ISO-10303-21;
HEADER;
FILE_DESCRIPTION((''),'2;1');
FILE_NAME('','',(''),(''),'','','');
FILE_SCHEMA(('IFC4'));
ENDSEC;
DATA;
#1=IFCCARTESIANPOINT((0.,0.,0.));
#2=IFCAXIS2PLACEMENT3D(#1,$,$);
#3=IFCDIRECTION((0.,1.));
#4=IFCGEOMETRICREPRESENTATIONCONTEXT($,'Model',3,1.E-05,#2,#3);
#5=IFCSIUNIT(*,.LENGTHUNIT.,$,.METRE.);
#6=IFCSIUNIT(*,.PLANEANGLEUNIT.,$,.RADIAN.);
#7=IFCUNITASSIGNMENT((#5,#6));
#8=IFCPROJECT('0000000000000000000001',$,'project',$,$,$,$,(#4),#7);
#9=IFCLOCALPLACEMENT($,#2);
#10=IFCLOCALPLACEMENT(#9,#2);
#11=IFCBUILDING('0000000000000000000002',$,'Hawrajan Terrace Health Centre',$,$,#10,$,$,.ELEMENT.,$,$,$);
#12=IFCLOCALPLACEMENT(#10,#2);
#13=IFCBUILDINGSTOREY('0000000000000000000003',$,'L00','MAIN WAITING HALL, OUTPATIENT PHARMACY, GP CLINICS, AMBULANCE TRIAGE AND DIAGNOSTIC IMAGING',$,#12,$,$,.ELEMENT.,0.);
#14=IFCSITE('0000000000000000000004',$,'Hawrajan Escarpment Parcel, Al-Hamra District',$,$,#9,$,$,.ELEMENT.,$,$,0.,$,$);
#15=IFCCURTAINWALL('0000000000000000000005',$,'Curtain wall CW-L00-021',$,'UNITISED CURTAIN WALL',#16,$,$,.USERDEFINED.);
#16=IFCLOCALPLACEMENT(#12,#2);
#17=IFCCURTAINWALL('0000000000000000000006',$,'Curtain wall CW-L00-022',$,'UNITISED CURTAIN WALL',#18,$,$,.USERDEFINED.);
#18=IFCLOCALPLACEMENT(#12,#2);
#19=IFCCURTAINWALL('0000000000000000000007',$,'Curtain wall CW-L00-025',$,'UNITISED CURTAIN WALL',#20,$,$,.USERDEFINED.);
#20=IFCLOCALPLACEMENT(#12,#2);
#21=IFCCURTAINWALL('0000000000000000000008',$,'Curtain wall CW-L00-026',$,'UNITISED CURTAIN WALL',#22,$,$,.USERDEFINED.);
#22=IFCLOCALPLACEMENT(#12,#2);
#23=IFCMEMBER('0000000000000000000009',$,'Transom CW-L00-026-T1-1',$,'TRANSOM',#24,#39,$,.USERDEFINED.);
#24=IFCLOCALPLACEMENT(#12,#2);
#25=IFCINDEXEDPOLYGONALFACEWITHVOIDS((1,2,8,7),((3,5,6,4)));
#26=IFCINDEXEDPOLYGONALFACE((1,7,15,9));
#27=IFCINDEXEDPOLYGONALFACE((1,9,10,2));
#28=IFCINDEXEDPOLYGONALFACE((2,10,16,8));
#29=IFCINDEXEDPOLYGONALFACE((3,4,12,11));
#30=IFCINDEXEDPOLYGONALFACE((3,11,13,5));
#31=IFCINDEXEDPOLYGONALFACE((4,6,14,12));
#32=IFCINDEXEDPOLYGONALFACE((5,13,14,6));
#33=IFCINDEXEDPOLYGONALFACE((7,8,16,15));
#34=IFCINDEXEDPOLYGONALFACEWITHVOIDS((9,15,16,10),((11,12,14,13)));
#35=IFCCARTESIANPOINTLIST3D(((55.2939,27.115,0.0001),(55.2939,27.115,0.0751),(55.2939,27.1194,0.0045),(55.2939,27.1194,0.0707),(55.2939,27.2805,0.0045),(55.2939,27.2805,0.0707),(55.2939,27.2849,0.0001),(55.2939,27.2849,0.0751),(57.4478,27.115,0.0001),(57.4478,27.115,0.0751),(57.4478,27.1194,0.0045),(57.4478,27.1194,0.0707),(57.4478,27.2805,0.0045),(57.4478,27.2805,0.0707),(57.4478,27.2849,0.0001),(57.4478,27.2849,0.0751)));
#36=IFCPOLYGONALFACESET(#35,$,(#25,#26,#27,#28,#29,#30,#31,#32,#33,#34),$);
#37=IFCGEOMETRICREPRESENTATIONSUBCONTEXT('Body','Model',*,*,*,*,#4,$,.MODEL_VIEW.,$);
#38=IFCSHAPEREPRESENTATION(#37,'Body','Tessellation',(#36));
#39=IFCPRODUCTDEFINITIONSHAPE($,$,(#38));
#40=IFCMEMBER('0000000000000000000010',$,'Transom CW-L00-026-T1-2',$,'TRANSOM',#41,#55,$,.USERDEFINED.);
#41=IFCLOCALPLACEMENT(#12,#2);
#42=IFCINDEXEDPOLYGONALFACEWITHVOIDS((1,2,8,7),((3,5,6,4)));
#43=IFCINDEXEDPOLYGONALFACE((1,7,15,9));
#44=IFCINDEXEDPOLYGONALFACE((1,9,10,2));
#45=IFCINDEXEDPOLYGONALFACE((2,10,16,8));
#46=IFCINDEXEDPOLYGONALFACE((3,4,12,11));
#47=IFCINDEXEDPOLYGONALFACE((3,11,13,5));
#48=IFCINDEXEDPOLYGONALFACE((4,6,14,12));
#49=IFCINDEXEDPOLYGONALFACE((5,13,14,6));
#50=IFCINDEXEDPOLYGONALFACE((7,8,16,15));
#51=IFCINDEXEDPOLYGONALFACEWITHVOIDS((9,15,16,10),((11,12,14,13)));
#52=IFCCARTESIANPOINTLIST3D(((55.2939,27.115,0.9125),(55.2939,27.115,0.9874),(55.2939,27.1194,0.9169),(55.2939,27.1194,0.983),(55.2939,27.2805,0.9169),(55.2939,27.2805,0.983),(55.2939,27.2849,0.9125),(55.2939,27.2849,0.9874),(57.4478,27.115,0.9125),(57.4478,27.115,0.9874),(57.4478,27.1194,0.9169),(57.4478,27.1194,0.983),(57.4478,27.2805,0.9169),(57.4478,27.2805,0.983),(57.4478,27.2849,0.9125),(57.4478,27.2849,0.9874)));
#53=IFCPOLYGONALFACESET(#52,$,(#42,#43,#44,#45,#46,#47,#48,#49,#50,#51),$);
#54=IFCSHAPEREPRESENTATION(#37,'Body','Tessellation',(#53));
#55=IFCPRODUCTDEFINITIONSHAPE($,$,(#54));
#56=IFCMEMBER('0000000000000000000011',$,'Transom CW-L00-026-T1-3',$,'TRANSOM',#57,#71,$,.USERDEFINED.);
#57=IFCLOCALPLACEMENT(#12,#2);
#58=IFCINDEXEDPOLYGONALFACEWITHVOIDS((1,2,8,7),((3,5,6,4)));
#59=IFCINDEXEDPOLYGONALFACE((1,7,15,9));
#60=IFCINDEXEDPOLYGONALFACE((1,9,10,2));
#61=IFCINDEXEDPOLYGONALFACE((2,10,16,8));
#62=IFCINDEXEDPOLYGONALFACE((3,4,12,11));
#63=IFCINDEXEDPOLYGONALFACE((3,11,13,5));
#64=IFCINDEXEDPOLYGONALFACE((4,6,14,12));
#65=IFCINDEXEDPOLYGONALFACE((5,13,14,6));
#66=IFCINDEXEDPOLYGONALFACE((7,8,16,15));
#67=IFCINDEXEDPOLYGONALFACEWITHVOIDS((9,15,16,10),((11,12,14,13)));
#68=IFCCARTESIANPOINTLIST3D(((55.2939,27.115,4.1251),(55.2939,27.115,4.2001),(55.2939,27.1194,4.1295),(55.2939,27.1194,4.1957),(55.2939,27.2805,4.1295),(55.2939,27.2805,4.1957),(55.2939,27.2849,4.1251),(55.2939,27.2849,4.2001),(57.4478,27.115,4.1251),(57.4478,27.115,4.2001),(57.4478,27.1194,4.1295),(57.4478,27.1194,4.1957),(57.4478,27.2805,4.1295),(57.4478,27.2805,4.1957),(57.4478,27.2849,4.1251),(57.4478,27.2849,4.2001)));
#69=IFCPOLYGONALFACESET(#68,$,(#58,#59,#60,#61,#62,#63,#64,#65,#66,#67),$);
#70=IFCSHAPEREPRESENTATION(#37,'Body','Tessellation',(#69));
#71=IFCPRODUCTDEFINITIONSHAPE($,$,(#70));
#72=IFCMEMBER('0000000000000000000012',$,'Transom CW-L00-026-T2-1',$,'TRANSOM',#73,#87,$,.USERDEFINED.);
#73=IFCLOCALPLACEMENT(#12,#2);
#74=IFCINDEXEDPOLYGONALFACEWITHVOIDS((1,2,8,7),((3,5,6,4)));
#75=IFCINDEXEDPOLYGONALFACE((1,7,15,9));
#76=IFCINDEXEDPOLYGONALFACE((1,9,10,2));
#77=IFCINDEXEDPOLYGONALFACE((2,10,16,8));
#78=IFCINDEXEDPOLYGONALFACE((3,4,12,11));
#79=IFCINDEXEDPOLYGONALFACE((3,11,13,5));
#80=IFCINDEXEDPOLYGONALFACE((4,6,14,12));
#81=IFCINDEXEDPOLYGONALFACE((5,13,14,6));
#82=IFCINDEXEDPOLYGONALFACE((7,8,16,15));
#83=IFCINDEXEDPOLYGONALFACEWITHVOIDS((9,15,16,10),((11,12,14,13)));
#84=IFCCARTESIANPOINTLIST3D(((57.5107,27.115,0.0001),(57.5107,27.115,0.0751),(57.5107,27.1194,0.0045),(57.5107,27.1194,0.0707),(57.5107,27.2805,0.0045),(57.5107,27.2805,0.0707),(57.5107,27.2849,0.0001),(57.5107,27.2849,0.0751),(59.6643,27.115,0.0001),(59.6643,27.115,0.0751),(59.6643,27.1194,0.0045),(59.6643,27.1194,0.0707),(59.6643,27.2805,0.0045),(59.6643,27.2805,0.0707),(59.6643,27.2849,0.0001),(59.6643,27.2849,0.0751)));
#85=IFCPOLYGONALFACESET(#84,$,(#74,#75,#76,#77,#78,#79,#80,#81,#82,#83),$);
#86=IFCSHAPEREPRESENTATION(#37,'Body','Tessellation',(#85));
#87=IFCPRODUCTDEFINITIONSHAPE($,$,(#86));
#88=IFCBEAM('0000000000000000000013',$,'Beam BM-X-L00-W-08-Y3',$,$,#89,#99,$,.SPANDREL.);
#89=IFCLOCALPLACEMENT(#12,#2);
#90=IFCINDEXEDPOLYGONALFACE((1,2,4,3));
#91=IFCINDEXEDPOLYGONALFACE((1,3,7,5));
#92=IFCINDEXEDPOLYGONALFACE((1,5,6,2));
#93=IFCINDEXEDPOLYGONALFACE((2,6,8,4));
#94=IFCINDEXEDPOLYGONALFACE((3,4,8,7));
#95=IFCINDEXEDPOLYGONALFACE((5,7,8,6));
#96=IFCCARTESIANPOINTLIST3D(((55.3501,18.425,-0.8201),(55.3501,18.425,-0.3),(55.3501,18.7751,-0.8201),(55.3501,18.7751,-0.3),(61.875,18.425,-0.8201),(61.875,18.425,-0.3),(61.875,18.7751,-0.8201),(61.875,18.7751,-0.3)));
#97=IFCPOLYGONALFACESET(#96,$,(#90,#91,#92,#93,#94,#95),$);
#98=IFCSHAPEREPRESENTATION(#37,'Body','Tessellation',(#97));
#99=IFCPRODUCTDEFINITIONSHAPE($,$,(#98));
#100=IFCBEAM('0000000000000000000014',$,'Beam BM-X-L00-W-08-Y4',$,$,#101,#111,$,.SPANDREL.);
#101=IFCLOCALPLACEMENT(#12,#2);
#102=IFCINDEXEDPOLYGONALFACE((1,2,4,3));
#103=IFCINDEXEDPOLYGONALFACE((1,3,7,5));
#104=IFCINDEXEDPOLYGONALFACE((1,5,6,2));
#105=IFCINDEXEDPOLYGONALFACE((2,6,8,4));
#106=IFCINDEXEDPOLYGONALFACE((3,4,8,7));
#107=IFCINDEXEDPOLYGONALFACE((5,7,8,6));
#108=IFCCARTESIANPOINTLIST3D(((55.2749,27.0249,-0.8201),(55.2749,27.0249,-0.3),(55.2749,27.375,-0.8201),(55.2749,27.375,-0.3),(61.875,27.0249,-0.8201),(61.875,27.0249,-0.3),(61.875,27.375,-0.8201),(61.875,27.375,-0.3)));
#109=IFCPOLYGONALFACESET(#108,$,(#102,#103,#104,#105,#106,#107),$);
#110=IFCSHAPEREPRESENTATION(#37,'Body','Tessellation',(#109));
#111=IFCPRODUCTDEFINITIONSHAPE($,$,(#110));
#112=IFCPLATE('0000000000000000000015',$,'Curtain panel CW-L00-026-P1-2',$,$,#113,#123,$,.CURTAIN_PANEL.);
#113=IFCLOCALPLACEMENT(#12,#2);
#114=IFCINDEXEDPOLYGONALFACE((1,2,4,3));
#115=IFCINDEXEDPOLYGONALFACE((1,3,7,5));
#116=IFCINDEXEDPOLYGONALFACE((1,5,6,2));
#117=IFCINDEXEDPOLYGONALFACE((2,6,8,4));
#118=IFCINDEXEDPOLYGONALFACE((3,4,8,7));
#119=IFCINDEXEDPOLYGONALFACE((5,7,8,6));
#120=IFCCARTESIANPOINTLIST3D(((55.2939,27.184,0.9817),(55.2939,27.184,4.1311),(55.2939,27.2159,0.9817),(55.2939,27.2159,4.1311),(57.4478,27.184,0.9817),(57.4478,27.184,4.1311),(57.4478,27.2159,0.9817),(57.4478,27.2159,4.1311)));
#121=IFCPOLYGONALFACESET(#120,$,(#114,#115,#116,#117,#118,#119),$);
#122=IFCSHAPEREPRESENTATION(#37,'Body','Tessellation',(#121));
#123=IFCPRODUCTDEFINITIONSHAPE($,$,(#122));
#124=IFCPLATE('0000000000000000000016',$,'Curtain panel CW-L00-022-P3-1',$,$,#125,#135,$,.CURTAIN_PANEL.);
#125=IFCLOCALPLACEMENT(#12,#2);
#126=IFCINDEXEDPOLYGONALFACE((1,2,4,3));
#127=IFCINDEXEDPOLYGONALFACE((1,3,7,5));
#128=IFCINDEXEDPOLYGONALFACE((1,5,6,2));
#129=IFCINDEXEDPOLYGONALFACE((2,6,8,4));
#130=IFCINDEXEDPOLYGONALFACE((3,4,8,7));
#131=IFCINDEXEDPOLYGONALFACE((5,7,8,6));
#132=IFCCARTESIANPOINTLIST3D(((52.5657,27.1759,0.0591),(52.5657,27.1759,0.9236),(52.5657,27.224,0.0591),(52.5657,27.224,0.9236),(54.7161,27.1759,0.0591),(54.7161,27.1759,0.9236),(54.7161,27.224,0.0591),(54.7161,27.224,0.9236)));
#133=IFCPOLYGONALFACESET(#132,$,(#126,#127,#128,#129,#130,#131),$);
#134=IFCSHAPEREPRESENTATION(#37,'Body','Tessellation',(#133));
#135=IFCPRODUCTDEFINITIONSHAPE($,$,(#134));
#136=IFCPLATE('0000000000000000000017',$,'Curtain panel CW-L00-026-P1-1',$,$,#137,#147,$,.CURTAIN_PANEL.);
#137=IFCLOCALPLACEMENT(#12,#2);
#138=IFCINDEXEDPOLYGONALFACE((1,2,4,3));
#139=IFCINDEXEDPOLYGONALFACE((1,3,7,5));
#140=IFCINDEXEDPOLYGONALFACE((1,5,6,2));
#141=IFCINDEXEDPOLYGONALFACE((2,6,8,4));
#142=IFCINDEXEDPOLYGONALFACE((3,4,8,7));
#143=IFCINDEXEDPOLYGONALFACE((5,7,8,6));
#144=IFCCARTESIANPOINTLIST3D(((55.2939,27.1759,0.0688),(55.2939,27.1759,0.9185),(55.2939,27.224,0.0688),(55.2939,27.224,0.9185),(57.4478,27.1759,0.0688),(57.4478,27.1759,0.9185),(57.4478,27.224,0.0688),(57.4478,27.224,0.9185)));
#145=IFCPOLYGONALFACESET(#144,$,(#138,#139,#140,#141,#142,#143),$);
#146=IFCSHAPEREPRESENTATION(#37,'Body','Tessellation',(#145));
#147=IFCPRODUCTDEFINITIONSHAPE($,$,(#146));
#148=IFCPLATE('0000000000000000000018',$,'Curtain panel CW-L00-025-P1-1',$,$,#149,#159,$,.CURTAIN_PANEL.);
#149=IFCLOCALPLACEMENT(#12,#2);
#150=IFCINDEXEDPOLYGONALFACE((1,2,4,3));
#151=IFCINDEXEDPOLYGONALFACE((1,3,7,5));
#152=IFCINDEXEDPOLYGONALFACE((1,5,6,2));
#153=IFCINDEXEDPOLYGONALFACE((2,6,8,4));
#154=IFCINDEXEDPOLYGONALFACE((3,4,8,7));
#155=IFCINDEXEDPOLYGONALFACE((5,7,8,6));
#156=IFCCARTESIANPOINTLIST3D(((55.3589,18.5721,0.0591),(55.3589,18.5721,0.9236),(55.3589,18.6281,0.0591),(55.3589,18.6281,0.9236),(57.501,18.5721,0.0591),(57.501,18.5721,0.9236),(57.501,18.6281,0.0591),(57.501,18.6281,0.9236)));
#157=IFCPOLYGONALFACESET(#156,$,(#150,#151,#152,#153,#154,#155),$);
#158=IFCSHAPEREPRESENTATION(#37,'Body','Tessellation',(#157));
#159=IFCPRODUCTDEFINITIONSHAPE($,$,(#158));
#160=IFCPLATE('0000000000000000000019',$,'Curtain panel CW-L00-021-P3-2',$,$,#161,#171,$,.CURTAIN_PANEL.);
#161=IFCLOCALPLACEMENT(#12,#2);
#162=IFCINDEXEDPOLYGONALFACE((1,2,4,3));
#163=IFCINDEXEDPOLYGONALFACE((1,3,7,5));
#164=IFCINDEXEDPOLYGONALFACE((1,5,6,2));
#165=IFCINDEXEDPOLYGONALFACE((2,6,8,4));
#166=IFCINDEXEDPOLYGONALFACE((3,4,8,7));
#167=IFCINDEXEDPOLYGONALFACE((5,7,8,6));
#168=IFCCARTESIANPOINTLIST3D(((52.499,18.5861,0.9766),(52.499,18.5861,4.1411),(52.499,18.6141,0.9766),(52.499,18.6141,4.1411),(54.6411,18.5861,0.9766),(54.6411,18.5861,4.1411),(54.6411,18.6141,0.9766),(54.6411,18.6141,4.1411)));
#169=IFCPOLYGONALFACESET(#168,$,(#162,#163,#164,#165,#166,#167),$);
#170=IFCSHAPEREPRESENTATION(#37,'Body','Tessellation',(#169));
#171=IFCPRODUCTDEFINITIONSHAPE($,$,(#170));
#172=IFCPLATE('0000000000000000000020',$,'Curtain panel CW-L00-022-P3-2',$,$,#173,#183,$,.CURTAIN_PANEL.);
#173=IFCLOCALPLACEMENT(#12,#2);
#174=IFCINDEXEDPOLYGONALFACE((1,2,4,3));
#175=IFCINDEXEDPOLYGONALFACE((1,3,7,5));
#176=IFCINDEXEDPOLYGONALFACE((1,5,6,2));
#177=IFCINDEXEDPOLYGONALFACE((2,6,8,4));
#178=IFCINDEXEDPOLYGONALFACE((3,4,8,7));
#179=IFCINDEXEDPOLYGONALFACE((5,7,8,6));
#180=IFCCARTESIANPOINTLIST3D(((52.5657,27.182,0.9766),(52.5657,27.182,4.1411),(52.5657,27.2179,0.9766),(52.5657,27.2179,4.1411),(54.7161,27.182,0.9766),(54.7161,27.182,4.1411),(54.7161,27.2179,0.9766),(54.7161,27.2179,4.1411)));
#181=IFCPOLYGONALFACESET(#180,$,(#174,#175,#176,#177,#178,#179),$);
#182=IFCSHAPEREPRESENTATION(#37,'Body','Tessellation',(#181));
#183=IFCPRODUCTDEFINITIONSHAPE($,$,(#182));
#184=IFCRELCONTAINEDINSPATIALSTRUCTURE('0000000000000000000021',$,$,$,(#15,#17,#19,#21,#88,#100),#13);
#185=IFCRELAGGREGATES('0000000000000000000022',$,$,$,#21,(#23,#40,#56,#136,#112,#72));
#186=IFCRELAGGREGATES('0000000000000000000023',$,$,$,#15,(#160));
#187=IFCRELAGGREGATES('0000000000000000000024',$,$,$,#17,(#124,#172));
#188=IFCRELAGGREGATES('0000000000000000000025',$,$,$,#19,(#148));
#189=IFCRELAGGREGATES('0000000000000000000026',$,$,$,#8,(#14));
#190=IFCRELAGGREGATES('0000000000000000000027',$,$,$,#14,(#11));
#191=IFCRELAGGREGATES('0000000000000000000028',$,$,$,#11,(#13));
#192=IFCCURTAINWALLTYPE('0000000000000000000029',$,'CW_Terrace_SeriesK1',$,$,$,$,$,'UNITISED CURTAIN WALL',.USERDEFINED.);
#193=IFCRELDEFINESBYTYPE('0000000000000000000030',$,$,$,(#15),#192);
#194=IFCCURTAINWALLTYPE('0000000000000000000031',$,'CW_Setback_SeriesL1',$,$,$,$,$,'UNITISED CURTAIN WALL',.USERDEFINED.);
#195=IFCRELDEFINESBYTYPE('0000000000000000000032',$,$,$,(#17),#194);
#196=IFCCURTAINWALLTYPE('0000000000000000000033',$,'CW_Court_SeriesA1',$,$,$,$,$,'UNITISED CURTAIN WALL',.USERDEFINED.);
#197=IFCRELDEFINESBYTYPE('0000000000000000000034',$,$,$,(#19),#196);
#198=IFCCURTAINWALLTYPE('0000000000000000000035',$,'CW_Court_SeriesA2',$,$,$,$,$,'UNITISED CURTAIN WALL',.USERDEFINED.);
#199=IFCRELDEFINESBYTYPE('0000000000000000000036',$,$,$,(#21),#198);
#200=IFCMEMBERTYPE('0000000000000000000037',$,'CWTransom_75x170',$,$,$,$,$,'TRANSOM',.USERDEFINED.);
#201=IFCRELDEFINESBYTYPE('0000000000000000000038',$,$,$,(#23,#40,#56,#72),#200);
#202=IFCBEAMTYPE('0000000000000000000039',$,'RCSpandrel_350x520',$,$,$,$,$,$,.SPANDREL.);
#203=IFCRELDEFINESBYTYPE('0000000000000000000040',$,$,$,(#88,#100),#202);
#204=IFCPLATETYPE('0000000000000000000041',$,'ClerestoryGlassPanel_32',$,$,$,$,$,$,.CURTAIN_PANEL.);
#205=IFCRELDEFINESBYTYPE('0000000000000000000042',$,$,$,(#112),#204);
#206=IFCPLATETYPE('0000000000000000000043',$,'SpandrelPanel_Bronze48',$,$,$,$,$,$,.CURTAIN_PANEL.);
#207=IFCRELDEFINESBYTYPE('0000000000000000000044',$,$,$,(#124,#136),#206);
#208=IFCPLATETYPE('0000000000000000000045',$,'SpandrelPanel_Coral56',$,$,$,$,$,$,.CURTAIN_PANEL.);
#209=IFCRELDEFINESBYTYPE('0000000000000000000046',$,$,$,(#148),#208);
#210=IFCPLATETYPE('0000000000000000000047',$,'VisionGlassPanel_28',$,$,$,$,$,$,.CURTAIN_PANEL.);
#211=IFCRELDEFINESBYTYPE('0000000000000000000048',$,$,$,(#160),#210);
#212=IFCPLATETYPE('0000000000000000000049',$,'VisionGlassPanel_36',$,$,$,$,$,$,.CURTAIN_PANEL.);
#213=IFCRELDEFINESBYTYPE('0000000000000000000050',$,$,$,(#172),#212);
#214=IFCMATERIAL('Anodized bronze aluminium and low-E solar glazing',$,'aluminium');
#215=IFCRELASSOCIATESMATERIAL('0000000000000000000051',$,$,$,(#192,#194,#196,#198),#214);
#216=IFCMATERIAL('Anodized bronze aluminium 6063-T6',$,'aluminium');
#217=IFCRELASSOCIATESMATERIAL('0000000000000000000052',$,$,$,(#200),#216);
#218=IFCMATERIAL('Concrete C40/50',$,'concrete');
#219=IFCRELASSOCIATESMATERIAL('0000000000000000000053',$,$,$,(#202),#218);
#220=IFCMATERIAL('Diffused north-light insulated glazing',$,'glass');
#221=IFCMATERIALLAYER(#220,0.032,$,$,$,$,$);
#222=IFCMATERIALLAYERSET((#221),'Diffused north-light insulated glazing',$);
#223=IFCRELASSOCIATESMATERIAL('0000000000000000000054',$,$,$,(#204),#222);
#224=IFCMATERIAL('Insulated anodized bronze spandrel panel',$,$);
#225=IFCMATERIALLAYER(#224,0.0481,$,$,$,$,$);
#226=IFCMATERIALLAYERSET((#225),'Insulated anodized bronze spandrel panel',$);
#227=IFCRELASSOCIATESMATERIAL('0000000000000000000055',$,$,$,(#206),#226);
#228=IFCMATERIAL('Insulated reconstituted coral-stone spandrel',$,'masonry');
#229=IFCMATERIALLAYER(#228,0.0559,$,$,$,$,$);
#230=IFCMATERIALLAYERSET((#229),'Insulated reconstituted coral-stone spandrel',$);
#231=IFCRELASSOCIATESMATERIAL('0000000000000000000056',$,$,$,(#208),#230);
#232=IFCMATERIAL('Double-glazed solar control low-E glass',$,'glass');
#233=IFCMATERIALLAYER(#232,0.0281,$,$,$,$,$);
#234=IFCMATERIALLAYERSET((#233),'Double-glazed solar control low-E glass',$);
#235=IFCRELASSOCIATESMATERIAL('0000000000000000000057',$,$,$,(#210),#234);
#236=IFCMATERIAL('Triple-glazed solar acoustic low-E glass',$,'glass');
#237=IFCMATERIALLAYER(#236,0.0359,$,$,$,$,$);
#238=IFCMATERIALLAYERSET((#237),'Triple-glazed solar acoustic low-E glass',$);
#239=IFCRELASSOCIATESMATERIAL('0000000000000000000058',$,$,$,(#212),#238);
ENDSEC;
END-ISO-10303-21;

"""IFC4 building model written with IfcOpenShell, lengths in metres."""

from ifc_helpers import new_model, si_unit, direction, frame, origin, origin_2d, place, context, subcontext, project, spatial, rectangle, hollow_rectangle, extrude, material, layer, layer_set, material_profile, profile_set, type_object, element, aggregate, save


model = new_model("IFC4")

# Units and contexts
model_context = context("Model", 3, precision=1e-05, world=origin(), true_north=direction((0.0, 1.0)))
body_context = subcontext(model_context, "Body", "Model", "MODEL_VIEW")
ifc_project = project(units=[si_unit("LENGTHUNIT", "METRE"), si_unit("PLANEANGLEUNIT", "RADIAN")], contexts=[model_context])

# Site, building, storey
site_placement = place(None, origin())
site = spatial("IfcSite", under=ifc_project, at=site_placement, Name="Hawrajan Escarpment Parcel, Al-Hamra District", CompositionType="ELEMENT", RefElevation=0.0)
building_placement = place(site_placement, origin())
building = spatial("IfcBuilding", under=site, at=building_placement, Name="Hawrajan Terrace Health Centre", CompositionType="ELEMENT")
storey_placement = place(building_placement, origin())
storey = spatial("IfcBuildingStorey", under=building, at=storey_placement, Name="L00", Description="MAIN WAITING HALL, OUTPATIENT PHARMACY, GP CLINICS, AMBULANCE TRIAGE AND DIAGNOSTIC IMAGING", CompositionType="ELEMENT", Elevation=0.0)

# Shared definitions
ifc_material_1 = material(Name="Concrete C40/50", Category="concrete")

# Curtain walls
ifc_material_2 = material(Name="Anodized bronze aluminium and low-E solar glazing", Category="aluminium")
curtain_wall_type_1 = type_object("IfcCurtainWallType", Name="CW_Terrace_SeriesK1", ElementType="UNITISED CURTAIN WALL", PredefinedType="USERDEFINED", material=ifc_material_2)
curtain_wall_1_placement = place(storey_placement, origin())
curtain_wall_1 = element("IfcCurtainWall", 1, at=curtain_wall_1_placement, inside=storey, type_object=curtain_wall_type_1, Name="Curtain wall CW-L00-021", ObjectType="UNITISED CURTAIN WALL", PredefinedType="USERDEFINED")
ifc_material_3 = material(Name="Anodized bronze aluminium 6063-T6", Category="aluminium")
curtain_wall_type_2 = type_object("IfcCurtainWallType", Name="CW_Setback_SeriesL1", ElementType="UNITISED CURTAIN WALL", PredefinedType="USERDEFINED", material=ifc_material_2)
curtain_wall_2_placement = place(storey_placement, origin())
curtain_wall_2 = element("IfcCurtainWall", 2, at=curtain_wall_2_placement, inside=storey, type_object=curtain_wall_type_2, Name="Curtain wall CW-L00-022", ObjectType="UNITISED CURTAIN WALL", PredefinedType="USERDEFINED")
curtain_wall_type_3 = type_object("IfcCurtainWallType", Name="CW_Court_SeriesA1", ElementType="UNITISED CURTAIN WALL", PredefinedType="USERDEFINED", material=ifc_material_2)
curtain_wall_3_placement = place(storey_placement, origin())
curtain_wall_3 = element("IfcCurtainWall", 3, at=curtain_wall_3_placement, inside=storey, type_object=curtain_wall_type_3, Name="Curtain wall CW-L00-025", ObjectType="UNITISED CURTAIN WALL", PredefinedType="USERDEFINED")

# Curtain wall
curtain_wall_type_4 = type_object("IfcCurtainWallType", Name="CW_Court_SeriesA2", ElementType="UNITISED CURTAIN WALL", PredefinedType="USERDEFINED", material=ifc_material_2)
curtain_wall_4_placement = place(storey_placement, origin())
curtain_wall_4 = element("IfcCurtainWall", 4, at=curtain_wall_4_placement, inside=storey, type_object=curtain_wall_type_4, Name="Curtain wall CW-L00-026", ObjectType="UNITISED CURTAIN WALL", PredefinedType="USERDEFINED")

# Members
ifc_material_profile_1 = material_profile(ifc_material_3, hollow_rectangle(XDim=0.075, YDim=0.1699, WallThickness=0.0044, at=origin_2d()), Name="CW TRN 75x170")
ifc_profile_set_1 = profile_set([ifc_material_profile_1], Name="Anodized bronze aluminium 6063-T6")
member_type_1 = type_object("IfcMemberType", Name="CWTransom_75x170", ElementType="TRANSOM", PredefinedType="USERDEFINED", material=ifc_profile_set_1)
member_1_placement = place(storey_placement, frame((55.2939, 27.2, 0.0376), z_axis=(1.0, 0.0, 0.0), x_axis=(0.0, 0.0, 1.0)))
member_1 = element("IfcMember", 5, at=member_1_placement, type_object=member_type_1, Name="Transom CW-L00-026-T1-1", ObjectType="TRANSOM", PredefinedType="USERDEFINED", context=body_context, shape_type="SweptSolid", body=[
    extrude(hollow_rectangle(XDim=0.075, YDim=0.1699, WallThickness=0.0044, at=origin_2d()), origin(), (0.0, 0.0, 1.0), 2.1538),
])
member_2_placement = place(storey_placement, frame((55.2939, 27.2, 0.95), z_axis=(1.0, 0.0, 0.0), x_axis=(0.0, 0.0, 1.0)))
member_2 = element("IfcMember", 6, at=member_2_placement, type_object=member_type_1, Name="Transom CW-L00-026-T1-2", ObjectType="TRANSOM", PredefinedType="USERDEFINED", context=body_context, shape_type="SweptSolid", body=[
    extrude(hollow_rectangle(XDim=0.075, YDim=0.1699, WallThickness=0.0044, at=origin_2d()), origin(), (0.0, 0.0, 1.0), 2.1538),
])
member_3_placement = place(storey_placement, frame((55.2939, 27.2, 4.1626), z_axis=(1.0, 0.0, 0.0), x_axis=(0.0, 0.0, 1.0)))
member_3 = element("IfcMember", 7, at=member_3_placement, type_object=member_type_1, Name="Transom CW-L00-026-T1-3", ObjectType="TRANSOM", PredefinedType="USERDEFINED", context=body_context, shape_type="SweptSolid", body=[
    extrude(hollow_rectangle(XDim=0.075, YDim=0.1699, WallThickness=0.0044, at=origin_2d()), origin(), (0.0, 0.0, 1.0), 2.1538),
])
member_4_placement = place(storey_placement, frame((57.5107, 27.2, 0.0376), z_axis=(1.0, 0.0, 0.0), x_axis=(0.0, 0.0, 1.0)))
member_4 = element("IfcMember", 8, at=member_4_placement, type_object=member_type_1, Name="Transom CW-L00-026-T2-1", ObjectType="TRANSOM", PredefinedType="USERDEFINED", context=body_context, shape_type="SweptSolid", body=[
    extrude(hollow_rectangle(XDim=0.075, YDim=0.1699, WallThickness=0.0044, at=origin_2d()), origin(), (0.0, 0.0, 1.0), 2.1536),
])

# Beams
ifc_material_profile_2 = material_profile(ifc_material_1, rectangle(XDim=0.3501, YDim=0.52, at=origin_2d()), Name="RC SP 350x520")
ifc_profile_set_2 = profile_set([ifc_material_profile_2], Name="Concrete C40/50")
beam_type = type_object("IfcBeamType", Name="RCSpandrel_350x520", PredefinedType="SPANDREL", material=ifc_profile_set_2)
beam_1_placement = place(storey_placement, frame((55.3501, 18.6001, -0.5601), z_axis=(1.0, 0.0, 0.0), x_axis=(0.0, 1.0, 0.0)))
element("IfcBeam", 9, at=beam_1_placement, inside=storey, type_object=beam_type, Name="Beam BM-X-L00-W-08-Y3", PredefinedType="SPANDREL", context=body_context, shape_type="SweptSolid", body=[
    extrude(rectangle(XDim=0.3501, YDim=0.52, at=origin_2d()), origin(), (0.0, 0.0, 1.0), 6.5249),
])
beam_2_placement = place(storey_placement, frame((55.2749, 27.2, -0.5601), z_axis=(1.0, 0.0, 0.0), x_axis=(0.0, 1.0, 0.0)))
element("IfcBeam", 10, at=beam_2_placement, inside=storey, type_object=beam_type, Name="Beam BM-X-L00-W-08-Y4", PredefinedType="SPANDREL", context=body_context, shape_type="SweptSolid", body=[
    extrude(rectangle(XDim=0.3501, YDim=0.52, at=origin_2d()), origin(), (0.0, 0.0, 1.0), 6.6001),
])

# Plates
ifc_material_4 = material(Name="Diffused north-light insulated glazing", Category="glass")
ifc_layer_1 = layer(ifc_material_4, 0.032)
ifc_layer_set_1 = layer_set([ifc_layer_1], Name="Diffused north-light insulated glazing")
plate_type_1 = type_object("IfcPlateType", Name="ClerestoryGlassPanel_32", PredefinedType="CURTAIN_PANEL", material=ifc_layer_set_1)
plate_1_placement = place(storey_placement, frame((56.3708, 27.2, 0.9817), z_axis=(0.0, 0.0, 1.0), x_axis=(1.0, 0.0, 0.0)))
plate_1 = element("IfcPlate", 11, at=plate_1_placement, type_object=plate_type_1, Name="Curtain panel CW-L00-026-P1-2", PredefinedType="CURTAIN_PANEL", context=body_context, shape_type="SweptSolid", body=[
    extrude(rectangle(XDim=2.1538, YDim=0.032, at=origin_2d()), origin(), (0.0, 0.0, 1.0), 3.1494),
])
ifc_material_5 = material(Name="Insulated anodized bronze spandrel panel")
ifc_layer_2 = layer(ifc_material_5, 0.0481)
ifc_layer_set_2 = layer_set([ifc_layer_2], Name="Insulated anodized bronze spandrel panel")
plate_type_2 = type_object("IfcPlateType", Name="SpandrelPanel_Bronze48", PredefinedType="CURTAIN_PANEL", material=ifc_layer_set_2)
plate_2_placement = place(storey_placement, frame((53.6409, 27.2, 0.0591), z_axis=(0.0, 0.0, 1.0), x_axis=(1.0, 0.0, 0.0)))
plate_2 = element("IfcPlate", 12, at=plate_2_placement, type_object=plate_type_2, Name="Curtain panel CW-L00-022-P3-1", PredefinedType="CURTAIN_PANEL", context=body_context, shape_type="SweptSolid", body=[
    extrude(rectangle(XDim=2.1504, YDim=0.0481, at=origin_2d()), origin(), (0.0, 0.0, 1.0), 0.8645),
])
plate_3_placement = place(storey_placement, frame((56.3708, 27.2, 0.0688), z_axis=(0.0, 0.0, 1.0), x_axis=(1.0, 0.0, 0.0)))
plate_3 = element("IfcPlate", 13, at=plate_3_placement, type_object=plate_type_2, Name="Curtain panel CW-L00-026-P1-1", PredefinedType="CURTAIN_PANEL", context=body_context, shape_type="SweptSolid", body=[
    extrude(rectangle(XDim=2.1538, YDim=0.0481, at=origin_2d()), origin(), (0.0, 0.0, 1.0), 0.8496),
])
aggregate(curtain_wall_4, [member_1, member_2, member_3, plate_3, plate_1, member_4])
ifc_material_6 = material(Name="Insulated reconstituted coral-stone spandrel", Category="masonry")
ifc_layer_3 = layer(ifc_material_6, 0.0559)
ifc_layer_set_3 = layer_set([ifc_layer_3], Name="Insulated reconstituted coral-stone spandrel")
plate_type_3 = type_object("IfcPlateType", Name="SpandrelPanel_Coral56", PredefinedType="CURTAIN_PANEL", material=ifc_layer_set_3)
plate_4_placement = place(storey_placement, frame((56.4299, 18.6001, 0.0591), z_axis=(0.0, 0.0, 1.0), x_axis=(1.0, 0.0, 0.0)))
plate_4 = element("IfcPlate", 14, at=plate_4_placement, type_object=plate_type_3, Name="Curtain panel CW-L00-025-P1-1", PredefinedType="CURTAIN_PANEL", context=body_context, shape_type="SweptSolid", body=[
    extrude(rectangle(XDim=2.1421, YDim=0.0559, at=origin_2d()), origin(), (0.0, 0.0, 1.0), 0.8645),
])
ifc_material_7 = material(Name="Double-glazed solar control low-E glass", Category="glass")
ifc_layer_4 = layer(ifc_material_7, 0.0281)
ifc_layer_set_4 = layer_set([ifc_layer_4], Name="Double-glazed solar control low-E glass")
plate_type_4 = type_object("IfcPlateType", Name="VisionGlassPanel_28", PredefinedType="CURTAIN_PANEL", material=ifc_layer_set_4)
plate_5_placement = place(storey_placement, frame((53.5701, 18.6001, 0.9766), z_axis=(0.0, 0.0, 1.0), x_axis=(1.0, 0.0, 0.0)))
plate_5 = element("IfcPlate", 15, at=plate_5_placement, type_object=plate_type_4, Name="Curtain panel CW-L00-021-P3-2", PredefinedType="CURTAIN_PANEL", context=body_context, shape_type="SweptSolid", body=[
    extrude(rectangle(XDim=2.1421, YDim=0.0281, at=origin_2d()), origin(), (0.0, 0.0, 1.0), 3.1646),
])
aggregate(curtain_wall_1, [plate_5])
ifc_material_8 = material(Name="Triple-glazed solar acoustic low-E glass", Category="glass")
ifc_layer_5 = layer(ifc_material_8, 0.0359)
ifc_layer_set_5 = layer_set([ifc_layer_5], Name="Triple-glazed solar acoustic low-E glass")
plate_type_5 = type_object("IfcPlateType", Name="VisionGlassPanel_36", PredefinedType="CURTAIN_PANEL", material=ifc_layer_set_5)
plate_6_placement = place(storey_placement, frame((53.6409, 27.2, 0.9766), z_axis=(0.0, 0.0, 1.0), x_axis=(1.0, 0.0, 0.0)))
plate_6 = element("IfcPlate", 16, at=plate_6_placement, type_object=plate_type_5, Name="Curtain panel CW-L00-022-P3-2", PredefinedType="CURTAIN_PANEL", context=body_context, shape_type="SweptSolid", body=[
    extrude(rectangle(XDim=2.1504, YDim=0.0359, at=origin_2d()), origin(), (0.0, 0.0, 1.0), 3.1646),
])
aggregate(curtain_wall_2, [plate_2, plate_6])
aggregate(curtain_wall_3, [plate_4])

save(model, "model.ifc")
